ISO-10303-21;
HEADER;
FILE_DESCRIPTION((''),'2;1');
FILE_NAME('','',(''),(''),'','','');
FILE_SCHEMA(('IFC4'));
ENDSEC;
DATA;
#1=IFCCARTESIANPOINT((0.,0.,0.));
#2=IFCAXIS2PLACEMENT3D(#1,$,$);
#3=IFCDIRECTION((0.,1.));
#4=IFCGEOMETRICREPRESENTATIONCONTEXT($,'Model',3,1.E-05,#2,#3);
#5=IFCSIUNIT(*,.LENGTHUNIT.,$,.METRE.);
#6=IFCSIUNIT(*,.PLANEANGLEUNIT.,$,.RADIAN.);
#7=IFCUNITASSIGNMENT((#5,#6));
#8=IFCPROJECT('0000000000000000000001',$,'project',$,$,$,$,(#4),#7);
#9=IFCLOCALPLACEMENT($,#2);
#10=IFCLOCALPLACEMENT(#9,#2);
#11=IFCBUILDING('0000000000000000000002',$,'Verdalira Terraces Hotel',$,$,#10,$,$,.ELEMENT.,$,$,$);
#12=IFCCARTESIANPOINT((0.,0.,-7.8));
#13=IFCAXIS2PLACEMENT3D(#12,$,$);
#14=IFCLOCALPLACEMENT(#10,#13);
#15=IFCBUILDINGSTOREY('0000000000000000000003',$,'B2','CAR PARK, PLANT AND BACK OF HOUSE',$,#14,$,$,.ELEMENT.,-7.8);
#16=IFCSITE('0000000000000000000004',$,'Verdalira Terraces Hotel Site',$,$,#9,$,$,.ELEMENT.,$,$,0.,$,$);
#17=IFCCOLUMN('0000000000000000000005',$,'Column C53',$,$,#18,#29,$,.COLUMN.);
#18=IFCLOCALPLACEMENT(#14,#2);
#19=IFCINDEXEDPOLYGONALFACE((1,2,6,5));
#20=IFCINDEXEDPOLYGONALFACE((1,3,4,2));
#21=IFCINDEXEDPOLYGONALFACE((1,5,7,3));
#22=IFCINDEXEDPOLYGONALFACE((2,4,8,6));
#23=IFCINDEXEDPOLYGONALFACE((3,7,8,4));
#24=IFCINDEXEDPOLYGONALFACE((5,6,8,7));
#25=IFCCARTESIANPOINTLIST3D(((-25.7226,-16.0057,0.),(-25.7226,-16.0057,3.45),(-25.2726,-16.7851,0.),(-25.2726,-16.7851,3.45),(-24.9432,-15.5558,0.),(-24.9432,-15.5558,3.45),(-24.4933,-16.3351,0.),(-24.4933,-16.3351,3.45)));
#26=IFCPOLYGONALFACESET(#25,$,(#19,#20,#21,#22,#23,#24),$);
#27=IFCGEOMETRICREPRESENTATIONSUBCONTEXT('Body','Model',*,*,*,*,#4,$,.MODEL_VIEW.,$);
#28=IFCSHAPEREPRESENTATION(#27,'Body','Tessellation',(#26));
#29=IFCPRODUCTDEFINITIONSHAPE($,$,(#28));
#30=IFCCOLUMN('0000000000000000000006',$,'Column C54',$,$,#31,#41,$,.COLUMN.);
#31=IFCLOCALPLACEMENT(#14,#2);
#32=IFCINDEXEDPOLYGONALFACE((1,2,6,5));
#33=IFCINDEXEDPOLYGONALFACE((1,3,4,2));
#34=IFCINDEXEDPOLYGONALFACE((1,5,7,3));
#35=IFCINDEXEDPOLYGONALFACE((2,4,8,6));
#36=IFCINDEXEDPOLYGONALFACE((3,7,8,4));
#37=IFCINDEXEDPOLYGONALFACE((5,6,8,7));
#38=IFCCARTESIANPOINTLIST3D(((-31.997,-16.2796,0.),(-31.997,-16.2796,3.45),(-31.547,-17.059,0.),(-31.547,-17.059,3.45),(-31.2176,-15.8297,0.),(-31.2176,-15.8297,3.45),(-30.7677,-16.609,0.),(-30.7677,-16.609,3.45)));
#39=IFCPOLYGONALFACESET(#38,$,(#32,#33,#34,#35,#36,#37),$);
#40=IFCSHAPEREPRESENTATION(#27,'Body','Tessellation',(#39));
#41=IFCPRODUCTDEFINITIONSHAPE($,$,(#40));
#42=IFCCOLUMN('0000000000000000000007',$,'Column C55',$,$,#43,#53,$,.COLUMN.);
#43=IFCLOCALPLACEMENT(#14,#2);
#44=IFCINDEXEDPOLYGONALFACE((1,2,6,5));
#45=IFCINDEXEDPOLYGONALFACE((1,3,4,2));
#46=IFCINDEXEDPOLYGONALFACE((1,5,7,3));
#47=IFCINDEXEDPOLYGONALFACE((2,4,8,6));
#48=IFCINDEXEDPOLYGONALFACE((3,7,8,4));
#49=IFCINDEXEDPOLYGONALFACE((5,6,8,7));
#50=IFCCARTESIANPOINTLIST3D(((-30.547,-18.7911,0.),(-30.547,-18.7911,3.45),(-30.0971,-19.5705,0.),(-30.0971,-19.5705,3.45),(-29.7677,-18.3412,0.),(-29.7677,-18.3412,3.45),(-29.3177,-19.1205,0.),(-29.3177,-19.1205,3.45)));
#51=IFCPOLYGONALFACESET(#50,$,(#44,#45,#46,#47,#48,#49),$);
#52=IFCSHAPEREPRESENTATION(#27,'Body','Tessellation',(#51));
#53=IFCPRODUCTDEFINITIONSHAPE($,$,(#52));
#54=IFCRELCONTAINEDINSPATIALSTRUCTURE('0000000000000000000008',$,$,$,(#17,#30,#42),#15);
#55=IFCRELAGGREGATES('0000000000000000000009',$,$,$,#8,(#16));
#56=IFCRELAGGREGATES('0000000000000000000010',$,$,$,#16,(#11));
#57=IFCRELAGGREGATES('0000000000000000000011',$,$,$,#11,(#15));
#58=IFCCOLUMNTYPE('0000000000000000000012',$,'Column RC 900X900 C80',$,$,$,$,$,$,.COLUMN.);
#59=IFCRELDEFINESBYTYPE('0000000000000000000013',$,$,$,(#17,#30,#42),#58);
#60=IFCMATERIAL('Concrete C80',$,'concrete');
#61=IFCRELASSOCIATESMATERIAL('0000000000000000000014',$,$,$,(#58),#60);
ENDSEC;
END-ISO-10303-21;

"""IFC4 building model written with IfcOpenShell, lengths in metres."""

from ifc_helpers import new_model, si_unit, direction, frame, origin, origin_2d, place, context, subcontext, project, spatial, rectangle, extrude, material, material_profile, profile_set, type_object, element, save


model = new_model("IFC4")

# Units and contexts
model_context = context("Model", 3, precision=1e-05, world=origin(), true_north=direction((0.0, 1.0)))
body_context = subcontext(model_context, "Body", "Model", "MODEL_VIEW")
ifc_project = project(units=[si_unit("LENGTHUNIT", "METRE"), si_unit("PLANEANGLEUNIT", "RADIAN")], contexts=[model_context])

# Site, building, storey
site_placement = place(None, origin())
site = spatial("IfcSite", under=ifc_project, at=site_placement, Name="Verdalira Terraces Hotel Site", CompositionType="ELEMENT", RefElevation=0.0)
building_placement = place(site_placement, origin())
building = spatial("IfcBuilding", under=site, at=building_placement, Name="Verdalira Terraces Hotel", CompositionType="ELEMENT")
storey_placement = place(building_placement, frame((0.0, 0.0, -7.8)))
storey = spatial("IfcBuildingStorey", under=building, at=storey_placement, Name="B2", Description="CAR PARK, PLANT AND BACK OF HOUSE", CompositionType="ELEMENT", Elevation=-7.8)

# Columns
ifc_material_1 = material(Name="Concrete C80", Category="concrete")
ifc_material_profile_1 = material_profile(ifc_material_1, rectangle(XDim=0.8999, YDim=0.8999, at=origin_2d()), Name="RC 900X900")
ifc_profile_set_1 = profile_set([ifc_material_profile_1], Name="Concrete C80")
column_type_1 = type_object("IfcColumnType", Name="Column RC 900X900 C80", PredefinedType="COLUMN", material=ifc_profile_set_1)
for number, where, z_axis, x_axis, name in (
    (1, (-25.1079, -16.1704, 0.0), (0.0, 0.0, 1.0), (-0.866025, -0.5, 0.0), "Column C53"),
    (2, (-31.3823, -16.4443, 0.0), (0.0, 0.0, 1.0), (-0.866025, -0.5, 0.0), "Column C54"),
    (3, (-29.9324, -18.9558, 0.0), (0.0, 0.0, 1.0), (-0.866025, -0.5, 0.0), "Column C55"),
):
    element("IfcColumn", number, at=place(storey_placement, frame(where, z_axis=z_axis, x_axis=x_axis)), inside=storey, type_object=column_type_1, Name=name, PredefinedType="COLUMN", context=body_context, shape_type="SweptSolid", body=[
        extrude(rectangle(XDim=0.8999, YDim=0.8999, at=origin_2d()), origin(), (0.0, 0.0, 1.0), 3.45),
    ])

save(model, "model.ifc")
